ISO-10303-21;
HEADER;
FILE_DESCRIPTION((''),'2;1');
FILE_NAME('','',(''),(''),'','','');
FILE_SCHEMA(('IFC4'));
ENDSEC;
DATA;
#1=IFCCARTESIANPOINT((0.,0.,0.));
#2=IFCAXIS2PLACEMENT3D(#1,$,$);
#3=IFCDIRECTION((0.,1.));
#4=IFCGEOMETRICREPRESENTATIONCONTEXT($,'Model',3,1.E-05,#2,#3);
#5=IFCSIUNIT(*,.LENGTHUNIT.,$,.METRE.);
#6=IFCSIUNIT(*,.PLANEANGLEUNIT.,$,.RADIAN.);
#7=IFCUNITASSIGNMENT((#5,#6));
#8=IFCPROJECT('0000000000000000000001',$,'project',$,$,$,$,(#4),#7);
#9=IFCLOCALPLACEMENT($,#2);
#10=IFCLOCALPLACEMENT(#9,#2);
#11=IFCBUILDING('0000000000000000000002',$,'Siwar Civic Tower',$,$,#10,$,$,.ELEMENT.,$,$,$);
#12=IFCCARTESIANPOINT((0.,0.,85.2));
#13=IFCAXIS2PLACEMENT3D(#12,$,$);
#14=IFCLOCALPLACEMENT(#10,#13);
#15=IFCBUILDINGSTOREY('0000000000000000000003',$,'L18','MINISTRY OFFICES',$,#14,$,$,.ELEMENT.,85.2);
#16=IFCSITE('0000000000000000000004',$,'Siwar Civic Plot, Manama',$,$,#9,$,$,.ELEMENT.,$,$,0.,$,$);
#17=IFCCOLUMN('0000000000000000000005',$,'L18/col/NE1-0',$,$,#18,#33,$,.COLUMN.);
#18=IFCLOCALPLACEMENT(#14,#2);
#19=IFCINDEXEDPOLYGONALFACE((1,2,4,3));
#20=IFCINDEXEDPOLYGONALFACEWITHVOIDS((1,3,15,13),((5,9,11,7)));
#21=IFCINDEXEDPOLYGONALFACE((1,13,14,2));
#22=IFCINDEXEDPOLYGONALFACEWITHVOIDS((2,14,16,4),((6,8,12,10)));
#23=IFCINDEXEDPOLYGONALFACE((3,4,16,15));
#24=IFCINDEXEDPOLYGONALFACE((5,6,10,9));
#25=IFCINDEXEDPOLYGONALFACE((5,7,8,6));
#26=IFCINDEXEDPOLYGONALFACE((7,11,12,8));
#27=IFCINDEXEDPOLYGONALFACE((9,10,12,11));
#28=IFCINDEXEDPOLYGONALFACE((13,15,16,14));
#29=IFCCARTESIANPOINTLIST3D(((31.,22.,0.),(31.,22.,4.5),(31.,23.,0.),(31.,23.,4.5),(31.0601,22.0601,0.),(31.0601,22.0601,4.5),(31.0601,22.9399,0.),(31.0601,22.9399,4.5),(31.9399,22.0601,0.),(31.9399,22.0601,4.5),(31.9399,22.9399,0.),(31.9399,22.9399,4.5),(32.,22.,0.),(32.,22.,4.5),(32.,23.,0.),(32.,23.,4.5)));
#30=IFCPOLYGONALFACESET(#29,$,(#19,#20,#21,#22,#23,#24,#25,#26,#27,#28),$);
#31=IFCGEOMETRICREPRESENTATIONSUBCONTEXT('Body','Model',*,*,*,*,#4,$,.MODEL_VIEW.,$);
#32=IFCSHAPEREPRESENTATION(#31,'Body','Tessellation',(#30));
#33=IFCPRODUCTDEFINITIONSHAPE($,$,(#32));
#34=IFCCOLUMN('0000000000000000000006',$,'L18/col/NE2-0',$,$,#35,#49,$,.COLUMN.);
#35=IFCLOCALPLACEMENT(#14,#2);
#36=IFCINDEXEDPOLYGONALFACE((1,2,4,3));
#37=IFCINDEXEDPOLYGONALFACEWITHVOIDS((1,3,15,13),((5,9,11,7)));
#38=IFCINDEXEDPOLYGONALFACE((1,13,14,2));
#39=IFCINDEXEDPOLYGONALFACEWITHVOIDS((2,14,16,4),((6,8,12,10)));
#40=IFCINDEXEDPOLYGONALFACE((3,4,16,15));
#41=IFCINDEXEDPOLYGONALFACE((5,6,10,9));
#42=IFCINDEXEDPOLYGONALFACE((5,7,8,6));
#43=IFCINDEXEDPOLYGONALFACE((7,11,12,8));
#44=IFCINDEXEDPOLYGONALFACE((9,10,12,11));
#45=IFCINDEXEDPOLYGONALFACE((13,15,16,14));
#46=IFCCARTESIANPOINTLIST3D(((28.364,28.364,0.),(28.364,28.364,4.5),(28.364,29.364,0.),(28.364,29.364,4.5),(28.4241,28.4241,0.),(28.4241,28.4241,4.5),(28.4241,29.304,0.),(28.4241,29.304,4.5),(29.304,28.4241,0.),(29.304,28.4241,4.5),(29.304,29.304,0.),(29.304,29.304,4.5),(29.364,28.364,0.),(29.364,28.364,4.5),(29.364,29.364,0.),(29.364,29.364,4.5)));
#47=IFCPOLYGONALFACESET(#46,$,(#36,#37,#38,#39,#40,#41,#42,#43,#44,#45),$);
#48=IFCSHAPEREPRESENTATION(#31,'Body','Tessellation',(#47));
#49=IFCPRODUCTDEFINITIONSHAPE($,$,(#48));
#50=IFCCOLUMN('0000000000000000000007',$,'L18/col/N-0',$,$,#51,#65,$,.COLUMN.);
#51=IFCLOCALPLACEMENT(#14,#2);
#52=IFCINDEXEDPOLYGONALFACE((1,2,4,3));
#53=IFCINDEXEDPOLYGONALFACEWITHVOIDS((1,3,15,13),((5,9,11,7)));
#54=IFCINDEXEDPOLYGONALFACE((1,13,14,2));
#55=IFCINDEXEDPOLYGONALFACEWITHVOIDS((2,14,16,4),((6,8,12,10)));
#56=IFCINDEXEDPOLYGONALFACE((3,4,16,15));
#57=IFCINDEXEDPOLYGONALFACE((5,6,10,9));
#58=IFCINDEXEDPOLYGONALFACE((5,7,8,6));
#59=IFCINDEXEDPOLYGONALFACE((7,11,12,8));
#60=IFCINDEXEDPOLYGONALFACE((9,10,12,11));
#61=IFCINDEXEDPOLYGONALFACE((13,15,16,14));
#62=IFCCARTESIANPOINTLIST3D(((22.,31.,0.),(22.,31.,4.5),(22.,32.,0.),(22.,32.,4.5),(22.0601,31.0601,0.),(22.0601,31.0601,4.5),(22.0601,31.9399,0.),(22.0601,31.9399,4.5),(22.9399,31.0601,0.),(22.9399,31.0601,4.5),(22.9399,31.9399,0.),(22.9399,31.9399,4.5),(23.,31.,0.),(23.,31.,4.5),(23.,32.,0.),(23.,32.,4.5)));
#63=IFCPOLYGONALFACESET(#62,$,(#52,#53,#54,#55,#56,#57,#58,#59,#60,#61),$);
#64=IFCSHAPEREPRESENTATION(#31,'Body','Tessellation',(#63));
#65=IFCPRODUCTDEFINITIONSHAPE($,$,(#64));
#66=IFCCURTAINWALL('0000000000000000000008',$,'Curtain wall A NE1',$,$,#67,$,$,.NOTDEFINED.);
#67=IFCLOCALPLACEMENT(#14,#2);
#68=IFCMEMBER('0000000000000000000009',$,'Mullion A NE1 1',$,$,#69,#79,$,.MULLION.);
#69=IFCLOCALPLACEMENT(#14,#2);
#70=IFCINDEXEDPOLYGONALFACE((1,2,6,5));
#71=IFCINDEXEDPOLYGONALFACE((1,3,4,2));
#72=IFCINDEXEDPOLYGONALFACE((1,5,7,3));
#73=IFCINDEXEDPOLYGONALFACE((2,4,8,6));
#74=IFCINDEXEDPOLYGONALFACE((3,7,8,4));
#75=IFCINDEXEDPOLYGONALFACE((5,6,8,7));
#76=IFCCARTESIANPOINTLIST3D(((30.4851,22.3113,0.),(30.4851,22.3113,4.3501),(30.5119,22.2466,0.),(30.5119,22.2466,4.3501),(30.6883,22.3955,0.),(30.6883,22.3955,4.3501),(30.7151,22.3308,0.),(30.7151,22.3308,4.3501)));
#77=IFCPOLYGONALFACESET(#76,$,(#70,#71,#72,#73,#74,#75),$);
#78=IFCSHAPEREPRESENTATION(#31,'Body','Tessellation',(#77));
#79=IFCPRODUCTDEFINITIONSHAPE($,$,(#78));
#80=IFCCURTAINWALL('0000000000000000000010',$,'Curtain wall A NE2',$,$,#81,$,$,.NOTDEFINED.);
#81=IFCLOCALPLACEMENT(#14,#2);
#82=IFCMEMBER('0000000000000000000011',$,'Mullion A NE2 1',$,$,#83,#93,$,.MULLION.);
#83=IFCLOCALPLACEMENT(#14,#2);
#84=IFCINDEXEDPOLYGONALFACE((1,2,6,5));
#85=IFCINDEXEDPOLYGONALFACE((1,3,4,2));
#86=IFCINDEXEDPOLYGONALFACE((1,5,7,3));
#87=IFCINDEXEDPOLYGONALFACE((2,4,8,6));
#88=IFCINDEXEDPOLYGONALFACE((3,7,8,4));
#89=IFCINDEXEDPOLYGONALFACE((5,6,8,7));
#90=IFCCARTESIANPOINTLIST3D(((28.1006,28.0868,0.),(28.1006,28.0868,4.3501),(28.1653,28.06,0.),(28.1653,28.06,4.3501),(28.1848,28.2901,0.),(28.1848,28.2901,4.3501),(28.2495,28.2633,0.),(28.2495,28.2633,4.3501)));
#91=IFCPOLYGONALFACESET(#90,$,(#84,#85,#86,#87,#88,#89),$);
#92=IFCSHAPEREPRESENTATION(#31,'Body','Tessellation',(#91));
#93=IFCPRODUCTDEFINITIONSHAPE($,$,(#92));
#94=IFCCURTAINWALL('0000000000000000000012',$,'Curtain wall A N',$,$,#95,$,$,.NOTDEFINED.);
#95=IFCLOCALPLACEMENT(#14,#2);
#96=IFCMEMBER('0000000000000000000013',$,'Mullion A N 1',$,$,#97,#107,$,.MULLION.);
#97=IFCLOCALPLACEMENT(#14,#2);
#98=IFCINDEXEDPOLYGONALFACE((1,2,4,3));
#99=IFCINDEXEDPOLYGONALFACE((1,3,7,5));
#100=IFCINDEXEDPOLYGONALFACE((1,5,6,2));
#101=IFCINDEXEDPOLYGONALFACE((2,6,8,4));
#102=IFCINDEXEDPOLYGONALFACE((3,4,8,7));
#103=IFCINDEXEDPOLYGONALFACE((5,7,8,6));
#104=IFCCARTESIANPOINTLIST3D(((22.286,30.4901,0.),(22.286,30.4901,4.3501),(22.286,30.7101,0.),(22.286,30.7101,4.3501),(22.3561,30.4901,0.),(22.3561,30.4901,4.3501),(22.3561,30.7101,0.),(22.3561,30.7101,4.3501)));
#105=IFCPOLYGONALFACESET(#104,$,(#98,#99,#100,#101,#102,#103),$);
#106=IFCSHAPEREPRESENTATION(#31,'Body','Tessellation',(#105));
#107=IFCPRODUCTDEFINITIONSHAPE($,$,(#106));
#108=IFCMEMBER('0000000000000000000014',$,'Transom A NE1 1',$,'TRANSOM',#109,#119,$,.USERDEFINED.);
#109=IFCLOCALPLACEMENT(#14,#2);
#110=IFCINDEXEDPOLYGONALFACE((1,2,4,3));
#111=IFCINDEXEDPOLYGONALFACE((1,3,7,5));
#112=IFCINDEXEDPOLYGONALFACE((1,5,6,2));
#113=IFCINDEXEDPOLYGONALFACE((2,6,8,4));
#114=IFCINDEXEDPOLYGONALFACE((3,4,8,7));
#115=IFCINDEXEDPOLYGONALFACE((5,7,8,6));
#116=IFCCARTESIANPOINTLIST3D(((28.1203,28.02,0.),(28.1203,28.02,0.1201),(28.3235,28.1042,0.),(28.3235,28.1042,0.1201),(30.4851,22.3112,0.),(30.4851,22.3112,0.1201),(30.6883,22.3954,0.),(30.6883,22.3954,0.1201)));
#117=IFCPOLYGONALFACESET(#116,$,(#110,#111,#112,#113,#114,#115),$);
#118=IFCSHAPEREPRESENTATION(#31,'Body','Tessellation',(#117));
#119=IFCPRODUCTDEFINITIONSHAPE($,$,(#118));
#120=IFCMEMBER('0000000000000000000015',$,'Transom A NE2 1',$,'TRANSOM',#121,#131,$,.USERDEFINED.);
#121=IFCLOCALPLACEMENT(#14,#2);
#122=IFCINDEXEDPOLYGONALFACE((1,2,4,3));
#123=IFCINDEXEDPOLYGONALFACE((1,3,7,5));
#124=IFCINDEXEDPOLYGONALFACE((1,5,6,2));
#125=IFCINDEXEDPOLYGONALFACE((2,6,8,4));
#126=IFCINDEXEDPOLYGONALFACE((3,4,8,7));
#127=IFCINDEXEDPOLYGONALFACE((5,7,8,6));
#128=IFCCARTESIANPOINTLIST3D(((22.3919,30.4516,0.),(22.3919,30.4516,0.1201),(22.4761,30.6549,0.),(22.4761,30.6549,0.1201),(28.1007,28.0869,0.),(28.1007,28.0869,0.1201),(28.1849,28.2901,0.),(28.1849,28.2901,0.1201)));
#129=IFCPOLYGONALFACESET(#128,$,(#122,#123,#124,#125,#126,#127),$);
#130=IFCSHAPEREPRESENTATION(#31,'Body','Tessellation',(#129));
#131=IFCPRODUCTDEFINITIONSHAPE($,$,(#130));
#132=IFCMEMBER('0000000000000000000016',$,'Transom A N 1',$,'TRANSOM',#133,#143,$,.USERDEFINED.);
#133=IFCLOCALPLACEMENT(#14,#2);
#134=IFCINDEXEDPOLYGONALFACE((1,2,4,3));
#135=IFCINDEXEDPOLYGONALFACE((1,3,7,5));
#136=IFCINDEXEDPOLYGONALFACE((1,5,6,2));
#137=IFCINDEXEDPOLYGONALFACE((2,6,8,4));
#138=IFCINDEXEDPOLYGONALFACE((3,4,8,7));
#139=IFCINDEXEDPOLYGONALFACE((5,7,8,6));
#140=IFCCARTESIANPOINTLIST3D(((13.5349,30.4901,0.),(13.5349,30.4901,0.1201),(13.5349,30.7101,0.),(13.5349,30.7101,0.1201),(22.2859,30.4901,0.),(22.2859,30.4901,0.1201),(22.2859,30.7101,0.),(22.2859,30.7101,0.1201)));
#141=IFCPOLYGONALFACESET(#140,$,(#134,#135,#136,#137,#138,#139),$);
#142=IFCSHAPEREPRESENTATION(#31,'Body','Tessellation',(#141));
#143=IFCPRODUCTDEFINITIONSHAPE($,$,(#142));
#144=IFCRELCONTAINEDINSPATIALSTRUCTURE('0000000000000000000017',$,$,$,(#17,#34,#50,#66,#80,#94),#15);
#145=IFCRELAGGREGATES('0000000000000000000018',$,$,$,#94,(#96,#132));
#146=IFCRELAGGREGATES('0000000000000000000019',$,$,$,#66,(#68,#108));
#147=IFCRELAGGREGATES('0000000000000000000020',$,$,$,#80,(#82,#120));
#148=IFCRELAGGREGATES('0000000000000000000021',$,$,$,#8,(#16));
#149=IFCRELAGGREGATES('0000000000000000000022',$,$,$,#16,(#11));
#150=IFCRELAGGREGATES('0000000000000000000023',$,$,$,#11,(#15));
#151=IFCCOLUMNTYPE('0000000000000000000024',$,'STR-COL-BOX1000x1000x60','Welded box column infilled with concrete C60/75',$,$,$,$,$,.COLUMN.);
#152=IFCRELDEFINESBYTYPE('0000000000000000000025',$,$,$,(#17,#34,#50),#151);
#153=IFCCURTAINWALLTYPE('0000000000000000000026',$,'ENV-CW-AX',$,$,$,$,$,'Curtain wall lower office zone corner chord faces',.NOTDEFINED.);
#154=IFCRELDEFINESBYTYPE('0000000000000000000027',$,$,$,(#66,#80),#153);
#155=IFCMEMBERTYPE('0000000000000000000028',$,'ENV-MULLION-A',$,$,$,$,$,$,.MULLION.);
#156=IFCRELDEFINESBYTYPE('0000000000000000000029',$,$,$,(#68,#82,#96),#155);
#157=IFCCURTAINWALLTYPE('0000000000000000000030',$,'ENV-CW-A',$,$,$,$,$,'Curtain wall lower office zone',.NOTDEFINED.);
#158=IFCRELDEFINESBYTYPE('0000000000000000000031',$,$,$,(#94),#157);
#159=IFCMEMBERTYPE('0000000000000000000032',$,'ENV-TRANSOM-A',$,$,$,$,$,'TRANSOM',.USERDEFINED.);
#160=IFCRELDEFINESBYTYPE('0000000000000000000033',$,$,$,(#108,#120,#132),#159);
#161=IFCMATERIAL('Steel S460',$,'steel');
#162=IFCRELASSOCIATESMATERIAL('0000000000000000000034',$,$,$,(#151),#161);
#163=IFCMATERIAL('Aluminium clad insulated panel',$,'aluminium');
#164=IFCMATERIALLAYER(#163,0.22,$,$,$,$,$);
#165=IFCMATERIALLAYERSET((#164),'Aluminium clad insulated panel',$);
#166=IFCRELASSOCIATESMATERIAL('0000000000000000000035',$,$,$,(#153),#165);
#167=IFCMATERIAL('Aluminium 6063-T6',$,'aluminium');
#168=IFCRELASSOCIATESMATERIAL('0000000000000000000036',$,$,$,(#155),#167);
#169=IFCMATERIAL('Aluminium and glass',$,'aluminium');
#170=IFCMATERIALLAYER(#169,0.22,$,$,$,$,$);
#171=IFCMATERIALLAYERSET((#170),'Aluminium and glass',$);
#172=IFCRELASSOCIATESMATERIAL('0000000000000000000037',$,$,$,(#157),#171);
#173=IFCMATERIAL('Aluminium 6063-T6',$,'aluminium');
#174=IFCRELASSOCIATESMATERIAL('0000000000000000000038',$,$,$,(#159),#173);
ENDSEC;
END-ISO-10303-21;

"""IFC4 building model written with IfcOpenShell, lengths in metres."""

from ifc_helpers import new_model, si_unit, direction, frame, origin, origin_2d, place, context, subcontext, project, spatial, rectangle, hollow_rectangle, extrude, material, layer, layer_set, material_profile, profile_set, type_object, element, aggregate, save


model = new_model("IFC4")

# Units and contexts
model_context = context("Model", 3, precision=1e-05, world=origin(), true_north=direction((0.0, 1.0)))
body_context = subcontext(model_context, "Body", "Model", "MODEL_VIEW")
ifc_project = project(units=[si_unit("LENGTHUNIT", "METRE"), si_unit("PLANEANGLEUNIT", "RADIAN")], contexts=[model_context])

# Site, building, storey
site_placement = place(None, origin())
site = spatial("IfcSite", under=ifc_project, at=site_placement, Name="Siwar Civic Plot, Manama", CompositionType="ELEMENT", RefElevation=0.0)
building_placement = place(site_placement, origin())
building = spatial("IfcBuilding", under=site, at=building_placement, Name="Siwar Civic Tower", CompositionType="ELEMENT")
storey_placement = place(building_placement, frame((0.0, 0.0, 85.2)))
storey = spatial("IfcBuildingStorey", under=building, at=storey_placement, Name="L18", Description="MINISTRY OFFICES", CompositionType="ELEMENT", Elevation=85.2)

# Columns
ifc_material_1 = material(Name="Steel S460", Category="steel")
ifc_material_profile_1 = material_profile(ifc_material_1, hollow_rectangle(XDim=1.0, YDim=1.0, WallThickness=0.0601, at=origin_2d()), Name="BOX1000x1000x60")
ifc_profile_set_1 = profile_set([ifc_material_profile_1], Name="Steel S460")
column_type = type_object("IfcColumnType", Name="STR-COL-BOX1000x1000x60", Description="Welded box column infilled with concrete C60/75", PredefinedType="COLUMN", material=ifc_profile_set_1)
for number, where, z_axis, x_axis, name in (
    (1, (31.5, 22.5, 0.0), (0.0, 0.0, 1.0), (1.0, 0.0, 0.0), "L18/col/NE1-0"),
    (2, (28.864, 28.864, 0.0), (0.0, 0.0, 1.0), (1.0, 0.0, 0.0), "L18/col/NE2-0"),
    (3, (22.5, 31.5, 0.0), (0.0, 0.0, 1.0), (1.0, 0.0, 0.0), "L18/col/N-0"),
):
    element("IfcColumn", number, at=place(storey_placement, frame(where, z_axis=z_axis, x_axis=x_axis)), inside=storey, type_object=column_type, Name=name, PredefinedType="COLUMN", context=body_context, shape_type="SweptSolid", body=[
        extrude(hollow_rectangle(XDim=1.0, YDim=1.0, WallThickness=0.0601, at=origin_2d()), origin(), (0.0, 0.0, 1.0), 4.5),
    ])

# Curtain walls, members
ifc_material_2 = material(Name="Aluminium clad insulated panel", Category="aluminium")
ifc_layer_1 = layer(ifc_material_2, 0.22)
ifc_layer_set_1 = layer_set([ifc_layer_1], Name="Aluminium clad insulated panel")
curtain_wall_type_1 = type_object("IfcCurtainWallType", Name="ENV-CW-AX", ElementType="Curtain wall lower office zone corner chord faces", PredefinedType="NOTDEFINED", material=ifc_layer_set_1)
curtain_wall_1_placement = place(storey_placement, origin())
curtain_wall_1 = element("IfcCurtainWall", 4, at=curtain_wall_1_placement, inside=storey, type_object=curtain_wall_type_1, Name="Curtain wall A NE1", PredefinedType="NOTDEFINED")
ifc_material_3 = material(Name="Aluminium 6063-T6", Category="aluminium")
ifc_material_profile_2 = material_profile(ifc_material_3, rectangle(XDim=0.22, YDim=0.0701, at=origin_2d()), Name="AL 220x70")
ifc_profile_set_2 = profile_set([ifc_material_profile_2], Name="Aluminium 6063-T6")
member_type_1 = type_object("IfcMemberType", Name="ENV-MULLION-A", PredefinedType="MULLION", material=ifc_profile_set_2)
member_1_placement = place(storey_placement, frame((30.6001, 22.321, 0.0), z_axis=(0.0, 0.0, 1.0), x_axis=(-0.92388, -0.382683, 0.0)))
member_1 = element("IfcMember", 5, at=member_1_placement, type_object=member_type_1, Name="Mullion A NE1 1", PredefinedType="MULLION", context=body_context, shape_type="SweptSolid", body=[
    extrude(rectangle(XDim=0.22, YDim=0.0701, at=origin_2d()), origin(), (0.0, 0.0, 1.0), 4.3501),
])
curtain_wall_2_placement = place(storey_placement, origin())
curtain_wall_2 = element("IfcCurtainWall", 6, at=curtain_wall_2_placement, inside=storey, type_object=curtain_wall_type_1, Name="Curtain wall A NE2", PredefinedType="NOTDEFINED")
member_2_placement = place(storey_placement, frame((28.175, 28.175, 0.0), z_axis=(0.0, 0.0, 1.0), x_axis=(-0.382683, -0.92388, 0.0)))
member_2 = element("IfcMember", 7, at=member_2_placement, type_object=member_type_1, Name="Mullion A NE2 1", PredefinedType="MULLION", context=body_context, shape_type="SweptSolid", body=[
    extrude(rectangle(XDim=0.22, YDim=0.0701, at=origin_2d()), origin(), (0.0, 0.0, 1.0), 4.3501),
])
ifc_material_4 = material(Name="Aluminium and glass", Category="aluminium")
ifc_layer_2 = layer(ifc_material_4, 0.22)
ifc_layer_set_2 = layer_set([ifc_layer_2], Name="Aluminium and glass")
curtain_wall_type_2 = type_object("IfcCurtainWallType", Name="ENV-CW-A", ElementType="Curtain wall lower office zone", PredefinedType="NOTDEFINED", material=ifc_layer_set_2)
curtain_wall_3_placement = place(storey_placement, origin())
curtain_wall_3 = element("IfcCurtainWall", 8, at=curtain_wall_3_placement, inside=storey, type_object=curtain_wall_type_2, Name="Curtain wall A N", PredefinedType="NOTDEFINED")
member_3_placement = place(storey_placement, frame((22.321, 30.6001, 0.0), z_axis=(0.0, 0.0, 1.0), x_axis=(0.0, -1.0, 0.0)))
member_3 = element("IfcMember", 9, at=member_3_placement, type_object=member_type_1, Name="Mullion A N 1", PredefinedType="MULLION", context=body_context, shape_type="SweptSolid", body=[
    extrude(rectangle(XDim=0.22, YDim=0.0701, at=origin_2d()), origin(), (0.0, 0.0, 1.0), 4.3501),
])

# Members
ifc_material_5 = material(Name="Aluminium 6063-T6", Category="aluminium")
ifc_material_profile_3 = material_profile(ifc_material_5, rectangle(XDim=0.22, YDim=0.1201, at=origin_2d()), Name="AL 220x120")
ifc_profile_set_3 = profile_set([ifc_material_profile_3], Name="Aluminium 6063-T6")
member_type_2 = type_object("IfcMemberType", Name="ENV-TRANSOM-A", ElementType="TRANSOM", PredefinedType="USERDEFINED", material=ifc_profile_set_3)
member_4_placement = place(storey_placement, frame((30.5867, 22.3533, 0.0601), z_axis=(-0.382698, 0.923873, 0.0), x_axis=(-0.923873, -0.382698, 0.0)))
member_4 = element("IfcMember", 10, at=member_4_placement, type_object=member_type_2, Name="Transom A NE1 1", ObjectType="TRANSOM", PredefinedType="USERDEFINED", context=body_context, shape_type="SweptSolid", body=[
    extrude(rectangle(XDim=0.22, YDim=0.1201, at=origin_2d()), origin(), (0.0, 0.0, 1.0), 6.1792),
])
member_5_placement = place(storey_placement, frame((28.1428, 28.1885, 0.0601), z_axis=(-0.923873, 0.382698, 0.0), x_axis=(-0.382698, -0.923873, 0.0)))
member_5 = element("IfcMember", 11, at=member_5_placement, type_object=member_type_2, Name="Transom A NE2 1", ObjectType="TRANSOM", PredefinedType="USERDEFINED", context=body_context, shape_type="SweptSolid", body=[
    extrude(rectangle(XDim=0.22, YDim=0.1201, at=origin_2d()), origin(), (0.0, 0.0, 1.0), 6.1792),
])
member_6_placement = place(storey_placement, frame((22.2859, 30.6001, 0.0601), z_axis=(-1.0, 0.0, 0.0), x_axis=(0.0, -1.0, 0.0)))
member_6 = element("IfcMember", 12, at=member_6_placement, type_object=member_type_2, Name="Transom A N 1", ObjectType="TRANSOM", PredefinedType="USERDEFINED", context=body_context, shape_type="SweptSolid", body=[
    extrude(rectangle(XDim=0.22, YDim=0.1201, at=origin_2d()), origin(), (0.0, 0.0, 1.0), 8.751),
])

aggregate(curtain_wall_3, [member_3, member_6])
aggregate(curtain_wall_1, [member_1, member_4])
aggregate(curtain_wall_2, [member_2, member_5])

save(model, "model.ifc")
